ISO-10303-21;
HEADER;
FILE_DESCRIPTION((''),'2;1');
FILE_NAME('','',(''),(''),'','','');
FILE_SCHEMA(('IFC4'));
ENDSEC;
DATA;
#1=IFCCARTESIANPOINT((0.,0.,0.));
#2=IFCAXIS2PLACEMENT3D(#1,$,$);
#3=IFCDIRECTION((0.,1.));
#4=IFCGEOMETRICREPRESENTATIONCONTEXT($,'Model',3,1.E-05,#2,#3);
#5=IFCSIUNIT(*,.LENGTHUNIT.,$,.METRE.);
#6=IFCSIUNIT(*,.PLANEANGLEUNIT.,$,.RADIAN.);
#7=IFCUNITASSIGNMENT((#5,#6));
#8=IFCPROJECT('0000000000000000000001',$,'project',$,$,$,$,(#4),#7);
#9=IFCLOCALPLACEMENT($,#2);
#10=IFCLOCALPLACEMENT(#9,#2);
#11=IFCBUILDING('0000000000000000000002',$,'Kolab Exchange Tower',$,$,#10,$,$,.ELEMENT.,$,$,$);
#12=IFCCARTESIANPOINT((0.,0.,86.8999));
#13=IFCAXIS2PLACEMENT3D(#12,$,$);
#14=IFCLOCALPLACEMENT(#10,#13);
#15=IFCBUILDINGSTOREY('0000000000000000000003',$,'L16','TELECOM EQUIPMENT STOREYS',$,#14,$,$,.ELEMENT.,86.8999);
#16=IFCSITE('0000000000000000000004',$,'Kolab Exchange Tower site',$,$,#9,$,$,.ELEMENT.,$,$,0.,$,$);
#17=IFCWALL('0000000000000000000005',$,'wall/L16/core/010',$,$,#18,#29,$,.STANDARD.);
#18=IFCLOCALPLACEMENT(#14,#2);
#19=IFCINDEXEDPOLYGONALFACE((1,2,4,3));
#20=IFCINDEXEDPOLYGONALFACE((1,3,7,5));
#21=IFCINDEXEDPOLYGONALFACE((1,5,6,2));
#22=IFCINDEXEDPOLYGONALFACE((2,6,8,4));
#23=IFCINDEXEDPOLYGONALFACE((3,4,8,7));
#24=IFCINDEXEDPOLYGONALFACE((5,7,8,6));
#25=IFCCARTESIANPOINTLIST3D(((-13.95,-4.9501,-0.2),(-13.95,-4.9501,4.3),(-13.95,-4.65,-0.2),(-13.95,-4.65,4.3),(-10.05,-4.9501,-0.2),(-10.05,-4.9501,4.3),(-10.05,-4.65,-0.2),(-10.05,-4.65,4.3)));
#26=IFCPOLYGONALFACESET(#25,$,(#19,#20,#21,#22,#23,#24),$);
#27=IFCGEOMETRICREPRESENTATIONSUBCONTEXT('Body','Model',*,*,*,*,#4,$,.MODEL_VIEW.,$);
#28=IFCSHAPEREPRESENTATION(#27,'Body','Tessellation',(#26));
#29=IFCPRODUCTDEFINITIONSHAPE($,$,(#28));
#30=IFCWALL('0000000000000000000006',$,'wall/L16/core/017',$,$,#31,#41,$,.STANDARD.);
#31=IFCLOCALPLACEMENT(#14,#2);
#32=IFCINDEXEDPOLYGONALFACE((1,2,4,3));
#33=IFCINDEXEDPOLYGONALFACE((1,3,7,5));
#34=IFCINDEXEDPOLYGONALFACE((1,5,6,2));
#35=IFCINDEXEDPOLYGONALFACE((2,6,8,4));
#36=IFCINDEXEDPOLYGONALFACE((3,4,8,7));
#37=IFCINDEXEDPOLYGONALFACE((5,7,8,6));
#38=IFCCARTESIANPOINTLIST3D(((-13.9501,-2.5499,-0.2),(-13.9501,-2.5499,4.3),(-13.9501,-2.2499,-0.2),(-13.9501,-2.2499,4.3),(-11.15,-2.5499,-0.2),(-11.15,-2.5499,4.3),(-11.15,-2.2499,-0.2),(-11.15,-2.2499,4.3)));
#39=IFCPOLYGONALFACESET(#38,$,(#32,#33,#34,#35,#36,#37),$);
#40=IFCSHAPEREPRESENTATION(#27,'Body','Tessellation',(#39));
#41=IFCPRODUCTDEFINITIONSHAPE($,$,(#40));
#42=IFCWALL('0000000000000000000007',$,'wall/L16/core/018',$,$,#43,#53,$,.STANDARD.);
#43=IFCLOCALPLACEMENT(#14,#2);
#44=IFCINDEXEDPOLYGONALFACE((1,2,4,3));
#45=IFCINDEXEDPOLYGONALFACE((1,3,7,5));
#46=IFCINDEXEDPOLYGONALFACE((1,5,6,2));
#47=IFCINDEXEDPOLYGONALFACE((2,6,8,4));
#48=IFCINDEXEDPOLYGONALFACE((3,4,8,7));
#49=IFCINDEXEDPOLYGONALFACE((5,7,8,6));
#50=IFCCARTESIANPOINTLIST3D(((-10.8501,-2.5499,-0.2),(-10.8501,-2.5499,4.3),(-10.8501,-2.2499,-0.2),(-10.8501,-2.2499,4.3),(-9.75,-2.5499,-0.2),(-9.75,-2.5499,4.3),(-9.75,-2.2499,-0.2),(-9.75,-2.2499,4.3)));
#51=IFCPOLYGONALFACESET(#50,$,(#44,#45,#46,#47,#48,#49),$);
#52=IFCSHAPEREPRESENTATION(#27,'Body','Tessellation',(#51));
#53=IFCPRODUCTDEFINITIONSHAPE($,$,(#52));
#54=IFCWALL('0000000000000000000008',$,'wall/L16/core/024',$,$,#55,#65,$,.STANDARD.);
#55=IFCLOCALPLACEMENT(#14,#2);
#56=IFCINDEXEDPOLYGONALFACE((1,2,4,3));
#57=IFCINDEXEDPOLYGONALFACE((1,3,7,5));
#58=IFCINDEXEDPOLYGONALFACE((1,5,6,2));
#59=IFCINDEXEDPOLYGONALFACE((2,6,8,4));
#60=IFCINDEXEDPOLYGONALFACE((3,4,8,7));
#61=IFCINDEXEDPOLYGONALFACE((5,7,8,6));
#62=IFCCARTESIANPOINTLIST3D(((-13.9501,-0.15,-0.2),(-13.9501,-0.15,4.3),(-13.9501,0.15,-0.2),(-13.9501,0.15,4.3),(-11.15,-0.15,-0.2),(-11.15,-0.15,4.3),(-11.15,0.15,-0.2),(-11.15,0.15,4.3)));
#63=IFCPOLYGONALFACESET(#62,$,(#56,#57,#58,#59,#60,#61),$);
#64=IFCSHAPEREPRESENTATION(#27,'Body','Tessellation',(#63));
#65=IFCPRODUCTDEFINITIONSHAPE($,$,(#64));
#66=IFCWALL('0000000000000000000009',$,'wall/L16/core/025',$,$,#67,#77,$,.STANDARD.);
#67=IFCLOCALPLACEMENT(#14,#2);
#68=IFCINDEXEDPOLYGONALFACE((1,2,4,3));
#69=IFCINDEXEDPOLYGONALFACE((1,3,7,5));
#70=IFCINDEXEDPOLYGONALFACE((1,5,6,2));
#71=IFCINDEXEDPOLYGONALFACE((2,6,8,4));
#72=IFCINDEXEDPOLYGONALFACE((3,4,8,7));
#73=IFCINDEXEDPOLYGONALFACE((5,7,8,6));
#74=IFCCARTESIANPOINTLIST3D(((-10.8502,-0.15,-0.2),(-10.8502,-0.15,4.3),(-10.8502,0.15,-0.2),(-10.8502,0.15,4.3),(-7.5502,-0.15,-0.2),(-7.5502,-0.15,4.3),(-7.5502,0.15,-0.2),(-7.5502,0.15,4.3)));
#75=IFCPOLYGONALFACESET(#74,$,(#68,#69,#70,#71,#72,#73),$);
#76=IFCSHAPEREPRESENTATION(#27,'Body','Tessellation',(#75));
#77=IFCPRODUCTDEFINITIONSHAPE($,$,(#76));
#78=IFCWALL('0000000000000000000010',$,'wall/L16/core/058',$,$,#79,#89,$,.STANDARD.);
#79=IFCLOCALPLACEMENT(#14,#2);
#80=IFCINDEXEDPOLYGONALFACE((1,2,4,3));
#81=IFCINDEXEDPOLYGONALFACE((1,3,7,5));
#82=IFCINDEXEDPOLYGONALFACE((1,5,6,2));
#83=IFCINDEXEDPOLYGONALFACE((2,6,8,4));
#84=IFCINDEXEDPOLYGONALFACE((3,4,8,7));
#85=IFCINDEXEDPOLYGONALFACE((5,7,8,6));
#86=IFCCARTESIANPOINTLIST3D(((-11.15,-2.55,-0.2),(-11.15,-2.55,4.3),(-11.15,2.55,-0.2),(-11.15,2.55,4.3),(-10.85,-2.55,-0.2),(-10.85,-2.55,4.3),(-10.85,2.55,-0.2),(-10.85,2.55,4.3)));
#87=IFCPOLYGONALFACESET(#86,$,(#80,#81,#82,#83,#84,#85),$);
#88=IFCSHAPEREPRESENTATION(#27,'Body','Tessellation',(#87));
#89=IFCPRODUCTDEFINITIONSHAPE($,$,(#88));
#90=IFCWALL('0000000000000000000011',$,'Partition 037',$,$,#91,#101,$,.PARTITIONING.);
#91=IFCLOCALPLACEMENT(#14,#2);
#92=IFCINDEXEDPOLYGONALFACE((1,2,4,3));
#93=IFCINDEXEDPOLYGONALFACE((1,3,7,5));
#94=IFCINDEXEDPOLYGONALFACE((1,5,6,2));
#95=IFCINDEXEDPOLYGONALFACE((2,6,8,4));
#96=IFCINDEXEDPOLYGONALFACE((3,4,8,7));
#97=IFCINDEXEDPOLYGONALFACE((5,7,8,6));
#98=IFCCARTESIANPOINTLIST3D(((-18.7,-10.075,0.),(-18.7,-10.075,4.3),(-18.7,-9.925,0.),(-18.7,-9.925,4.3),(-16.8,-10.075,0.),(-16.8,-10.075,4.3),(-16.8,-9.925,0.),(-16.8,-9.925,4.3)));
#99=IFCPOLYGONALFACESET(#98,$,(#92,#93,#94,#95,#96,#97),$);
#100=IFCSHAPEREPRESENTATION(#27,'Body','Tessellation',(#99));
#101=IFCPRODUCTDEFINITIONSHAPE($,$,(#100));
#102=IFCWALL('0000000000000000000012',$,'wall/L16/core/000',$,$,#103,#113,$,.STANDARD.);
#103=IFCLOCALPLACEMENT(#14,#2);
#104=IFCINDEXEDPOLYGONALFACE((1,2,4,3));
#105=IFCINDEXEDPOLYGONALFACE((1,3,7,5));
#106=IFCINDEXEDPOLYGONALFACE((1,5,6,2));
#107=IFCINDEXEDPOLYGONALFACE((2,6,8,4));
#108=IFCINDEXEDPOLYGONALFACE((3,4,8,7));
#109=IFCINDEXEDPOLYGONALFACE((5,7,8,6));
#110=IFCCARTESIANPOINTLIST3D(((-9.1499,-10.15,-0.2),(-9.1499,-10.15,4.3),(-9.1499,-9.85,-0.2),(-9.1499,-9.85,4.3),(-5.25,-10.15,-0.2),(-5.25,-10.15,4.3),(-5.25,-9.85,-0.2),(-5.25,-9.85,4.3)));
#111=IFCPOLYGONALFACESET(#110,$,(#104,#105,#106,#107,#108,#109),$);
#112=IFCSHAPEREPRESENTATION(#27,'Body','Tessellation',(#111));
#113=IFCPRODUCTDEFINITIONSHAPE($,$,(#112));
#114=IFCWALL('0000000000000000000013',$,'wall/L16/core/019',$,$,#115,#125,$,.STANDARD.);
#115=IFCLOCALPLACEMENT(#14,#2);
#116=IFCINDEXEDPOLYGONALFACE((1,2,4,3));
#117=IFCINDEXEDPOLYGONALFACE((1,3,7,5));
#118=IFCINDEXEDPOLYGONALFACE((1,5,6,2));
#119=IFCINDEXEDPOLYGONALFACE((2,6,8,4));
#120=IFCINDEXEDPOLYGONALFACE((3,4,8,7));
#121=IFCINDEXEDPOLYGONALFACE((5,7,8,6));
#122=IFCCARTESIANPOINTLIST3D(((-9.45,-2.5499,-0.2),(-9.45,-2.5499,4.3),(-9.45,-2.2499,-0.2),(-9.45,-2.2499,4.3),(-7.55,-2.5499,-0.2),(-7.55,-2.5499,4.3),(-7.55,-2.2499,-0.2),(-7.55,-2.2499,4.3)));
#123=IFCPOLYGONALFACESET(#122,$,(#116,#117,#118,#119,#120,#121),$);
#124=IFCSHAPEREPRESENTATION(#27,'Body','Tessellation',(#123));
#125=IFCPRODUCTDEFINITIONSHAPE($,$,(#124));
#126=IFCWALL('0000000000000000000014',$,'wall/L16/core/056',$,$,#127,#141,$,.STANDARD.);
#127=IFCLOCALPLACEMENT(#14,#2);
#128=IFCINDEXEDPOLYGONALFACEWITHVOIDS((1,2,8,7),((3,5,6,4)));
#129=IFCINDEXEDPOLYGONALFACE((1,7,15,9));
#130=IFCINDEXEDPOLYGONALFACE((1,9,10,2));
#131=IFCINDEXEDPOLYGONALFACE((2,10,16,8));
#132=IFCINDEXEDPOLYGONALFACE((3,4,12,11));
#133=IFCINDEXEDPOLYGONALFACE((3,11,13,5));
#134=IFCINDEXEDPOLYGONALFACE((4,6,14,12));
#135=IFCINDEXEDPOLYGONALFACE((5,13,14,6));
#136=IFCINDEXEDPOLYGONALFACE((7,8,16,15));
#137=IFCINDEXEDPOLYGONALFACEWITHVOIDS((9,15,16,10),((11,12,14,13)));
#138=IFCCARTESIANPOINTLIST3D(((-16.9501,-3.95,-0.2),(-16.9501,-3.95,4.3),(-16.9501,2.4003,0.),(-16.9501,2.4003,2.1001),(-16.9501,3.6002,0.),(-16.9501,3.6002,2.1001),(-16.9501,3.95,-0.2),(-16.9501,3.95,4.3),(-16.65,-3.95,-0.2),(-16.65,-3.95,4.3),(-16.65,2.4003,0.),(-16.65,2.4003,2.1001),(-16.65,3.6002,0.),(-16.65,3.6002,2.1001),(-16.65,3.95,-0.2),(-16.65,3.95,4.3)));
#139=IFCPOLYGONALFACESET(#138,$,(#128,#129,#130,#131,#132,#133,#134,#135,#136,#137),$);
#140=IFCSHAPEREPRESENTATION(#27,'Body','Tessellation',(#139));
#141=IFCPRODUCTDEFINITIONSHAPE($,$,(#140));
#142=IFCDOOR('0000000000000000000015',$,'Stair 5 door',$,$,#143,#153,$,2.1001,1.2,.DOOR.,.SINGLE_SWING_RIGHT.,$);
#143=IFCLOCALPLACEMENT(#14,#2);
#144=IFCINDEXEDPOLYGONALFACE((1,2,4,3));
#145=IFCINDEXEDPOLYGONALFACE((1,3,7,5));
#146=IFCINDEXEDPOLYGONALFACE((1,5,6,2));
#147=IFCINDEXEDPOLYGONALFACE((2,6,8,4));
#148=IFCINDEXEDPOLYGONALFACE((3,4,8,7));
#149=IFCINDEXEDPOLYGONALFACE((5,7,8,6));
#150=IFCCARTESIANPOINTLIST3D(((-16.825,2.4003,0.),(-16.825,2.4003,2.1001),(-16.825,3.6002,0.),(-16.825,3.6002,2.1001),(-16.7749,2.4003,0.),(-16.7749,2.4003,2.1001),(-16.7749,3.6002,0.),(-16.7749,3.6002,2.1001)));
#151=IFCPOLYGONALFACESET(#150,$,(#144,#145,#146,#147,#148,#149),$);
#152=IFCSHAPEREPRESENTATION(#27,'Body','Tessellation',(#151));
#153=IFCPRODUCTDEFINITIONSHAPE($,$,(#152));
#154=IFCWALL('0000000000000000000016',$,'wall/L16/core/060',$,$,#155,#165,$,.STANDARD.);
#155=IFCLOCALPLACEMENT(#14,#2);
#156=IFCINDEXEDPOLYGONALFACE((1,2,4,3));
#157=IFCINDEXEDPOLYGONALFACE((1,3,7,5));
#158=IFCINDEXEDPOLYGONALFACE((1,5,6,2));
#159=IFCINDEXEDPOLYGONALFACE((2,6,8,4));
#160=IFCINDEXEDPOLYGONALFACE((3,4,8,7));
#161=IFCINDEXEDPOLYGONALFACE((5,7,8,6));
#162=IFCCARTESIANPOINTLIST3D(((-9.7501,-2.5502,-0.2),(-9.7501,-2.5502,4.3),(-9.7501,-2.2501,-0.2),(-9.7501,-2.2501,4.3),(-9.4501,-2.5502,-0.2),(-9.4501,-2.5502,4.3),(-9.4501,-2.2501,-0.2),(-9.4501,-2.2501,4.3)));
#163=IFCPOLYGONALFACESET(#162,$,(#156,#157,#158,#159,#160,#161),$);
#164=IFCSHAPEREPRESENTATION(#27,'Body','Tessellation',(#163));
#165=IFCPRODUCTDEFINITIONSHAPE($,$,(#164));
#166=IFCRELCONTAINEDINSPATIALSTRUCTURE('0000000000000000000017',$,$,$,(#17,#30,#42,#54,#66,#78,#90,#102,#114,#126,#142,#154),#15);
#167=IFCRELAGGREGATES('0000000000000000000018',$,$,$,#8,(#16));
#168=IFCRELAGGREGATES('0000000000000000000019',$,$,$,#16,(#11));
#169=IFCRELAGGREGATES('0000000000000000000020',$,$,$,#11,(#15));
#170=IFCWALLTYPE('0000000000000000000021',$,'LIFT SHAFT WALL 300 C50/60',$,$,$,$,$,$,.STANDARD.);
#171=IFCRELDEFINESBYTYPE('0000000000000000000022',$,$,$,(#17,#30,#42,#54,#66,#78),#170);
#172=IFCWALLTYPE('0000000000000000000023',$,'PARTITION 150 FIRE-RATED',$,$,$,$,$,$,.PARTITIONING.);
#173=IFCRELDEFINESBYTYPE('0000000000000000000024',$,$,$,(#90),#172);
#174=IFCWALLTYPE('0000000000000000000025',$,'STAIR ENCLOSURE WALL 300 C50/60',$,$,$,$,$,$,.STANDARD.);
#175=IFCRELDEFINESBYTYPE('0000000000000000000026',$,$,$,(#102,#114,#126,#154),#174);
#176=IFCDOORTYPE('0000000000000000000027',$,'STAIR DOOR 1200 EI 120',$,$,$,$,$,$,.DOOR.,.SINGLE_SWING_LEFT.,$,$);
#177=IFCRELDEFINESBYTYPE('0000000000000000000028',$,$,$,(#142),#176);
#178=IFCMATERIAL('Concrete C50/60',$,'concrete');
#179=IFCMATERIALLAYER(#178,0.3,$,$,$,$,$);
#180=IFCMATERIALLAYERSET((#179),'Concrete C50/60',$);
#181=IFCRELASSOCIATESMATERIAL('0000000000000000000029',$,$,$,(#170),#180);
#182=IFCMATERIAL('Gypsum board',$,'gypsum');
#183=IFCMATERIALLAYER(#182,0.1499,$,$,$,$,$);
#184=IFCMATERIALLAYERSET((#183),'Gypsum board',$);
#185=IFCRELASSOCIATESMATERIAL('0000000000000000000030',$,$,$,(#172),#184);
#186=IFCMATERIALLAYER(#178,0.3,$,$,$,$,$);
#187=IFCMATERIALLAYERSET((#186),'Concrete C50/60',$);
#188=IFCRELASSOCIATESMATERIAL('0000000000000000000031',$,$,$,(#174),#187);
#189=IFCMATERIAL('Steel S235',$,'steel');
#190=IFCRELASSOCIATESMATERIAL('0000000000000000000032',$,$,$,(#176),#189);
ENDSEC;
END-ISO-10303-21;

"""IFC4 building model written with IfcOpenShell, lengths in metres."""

from ifc_helpers import new_model, si_unit, direction, frame, frame_2d, origin, place, context, subcontext, project, spatial, rectangle, extrude, material, layer, layer_set, type_object, element, fill, save


model = new_model("IFC4")

# Units and contexts
model_context = context("Model", 3, precision=1e-05, world=origin(), true_north=direction((0.0, 1.0)))
body_context = subcontext(model_context, "Body", "Model", "MODEL_VIEW")
ifc_project = project(units=[si_unit("LENGTHUNIT", "METRE"), si_unit("PLANEANGLEUNIT", "RADIAN")], contexts=[model_context])

# Site, building, storey
site_placement = place(None, origin())
site = spatial("IfcSite", under=ifc_project, at=site_placement, Name="Kolab Exchange Tower site", CompositionType="ELEMENT", RefElevation=0.0)
building_placement = place(site_placement, origin())
building = spatial("IfcBuilding", under=site, at=building_placement, Name="Kolab Exchange Tower", CompositionType="ELEMENT")
storey_placement = place(building_placement, frame((0.0, 0.0, 86.8999)))
storey = spatial("IfcBuildingStorey", under=building, at=storey_placement, Name="L16", Description="TELECOM EQUIPMENT STOREYS", CompositionType="ELEMENT", Elevation=86.8999)

# Shared definitions
ifc_material_1 = material(Name="Steel S235", Category="steel")

# Walls
ifc_material_2 = material(Name="Concrete C50/60", Category="concrete")
ifc_layer_1 = layer(ifc_material_2, 0.3)
ifc_layer_set_1 = layer_set([ifc_layer_1], Name="Concrete C50/60")
wall_type_1 = type_object("IfcWallType", Name="LIFT SHAFT WALL 300 C50/60", PredefinedType="STANDARD", material=ifc_layer_set_1)
for number, where, z_axis, x_axis, name in (
    (1, (-13.95, -4.8, -0.2), (0.0, 0.0, 1.0), (1.0, 0.0, 0.0), "wall/L16/core/010"),
):
    element("IfcWall", number, at=place(storey_placement, frame(where, z_axis=z_axis, x_axis=x_axis)), inside=storey, type_object=wall_type_1, Name=name, PredefinedType="STANDARD", context=body_context, shape_type="SweptSolid", body=[
        extrude(rectangle(XDim=3.8999, YDim=0.3, at=frame_2d((1.95, 0.0))), origin(), (0.0, 0.0, 1.0), 4.5),
    ])
wall_1_placement = place(storey_placement, frame((-13.95, -2.3999, -0.2), z_axis=(0.0, 0.0, 1.0), x_axis=(1.0, 0.0, 0.0)))
element("IfcWall", 2, at=wall_1_placement, inside=storey, type_object=wall_type_1, Name="wall/L16/core/017", PredefinedType="STANDARD", context=body_context, shape_type="SweptSolid", body=[
    extrude(rectangle(XDim=2.8, YDim=0.3, at=frame_2d((1.3999, 0.0))), origin(), (0.0, 0.0, 1.0), 4.5),
])
wall_2_placement = place(storey_placement, frame((-10.8501, -2.3999, -0.2), z_axis=(0.0, 0.0, 1.0), x_axis=(1.0, 0.0, 0.0)))
element("IfcWall", 3, at=wall_2_placement, inside=storey, type_object=wall_type_1, Name="wall/L16/core/018", PredefinedType="STANDARD", context=body_context, shape_type="SweptSolid", body=[
    extrude(rectangle(XDim=1.1001, YDim=0.3, at=frame_2d((0.55, 0.0))), origin(), (0.0, 0.0, 1.0), 4.5),
])
wall_3_placement = place(storey_placement, frame((-13.95, 0.0, -0.2), z_axis=(0.0, 0.0, 1.0), x_axis=(1.0, 0.0, 0.0)))
element("IfcWall", 4, at=wall_3_placement, inside=storey, type_object=wall_type_1, Name="wall/L16/core/024", PredefinedType="STANDARD", context=body_context, shape_type="SweptSolid", body=[
    extrude(rectangle(XDim=2.8, YDim=0.3, at=frame_2d((1.3999, 0.0))), origin(), (0.0, 0.0, 1.0), 4.5),
])
wall_4_placement = place(storey_placement, frame((-10.8501, 0.0, -0.2), z_axis=(0.0, 0.0, 1.0), x_axis=(1.0, 0.0, 0.0)))
element("IfcWall", 5, at=wall_4_placement, inside=storey, type_object=wall_type_1, Name="wall/L16/core/025", PredefinedType="STANDARD", context=body_context, shape_type="SweptSolid", body=[
    extrude(rectangle(XDim=3.3, YDim=0.3, at=frame_2d((1.6499, 0.0))), origin(), (0.0, 0.0, 1.0), 4.5),
])
wall_5_placement = place(storey_placement, frame((-11.0, -2.55, -0.2), z_axis=(0.0, 0.0, 1.0), x_axis=(0.0, 1.0, 0.0)))
element("IfcWall", 6, at=wall_5_placement, inside=storey, type_object=wall_type_1, Name="wall/L16/core/058", PredefinedType="STANDARD", context=body_context, shape_type="SweptSolid", body=[
    extrude(rectangle(XDim=5.1001, YDim=0.3, at=frame_2d((2.55, 0.0))), origin(), (0.0, 0.0, 1.0), 4.5),
])
ifc_material_3 = material(Name="Gypsum board", Category="gypsum")
ifc_layer_2 = layer(ifc_material_3, 0.1499)
ifc_layer_set_2 = layer_set([ifc_layer_2], Name="Gypsum board")
wall_type_2 = type_object("IfcWallType", Name="PARTITION 150 FIRE-RATED", PredefinedType="PARTITIONING", material=ifc_layer_set_2)
wall_6_placement = place(storey_placement, frame((-18.7, -10.0, 0.0), z_axis=(0.0, 0.0, 1.0), x_axis=(1.0, 0.0, 0.0)))
element("IfcWall", 7, at=wall_6_placement, inside=storey, type_object=wall_type_2, Name="Partition 037", PredefinedType="PARTITIONING", context=body_context, shape_type="SweptSolid", body=[
    extrude(rectangle(XDim=1.8999, YDim=0.1499, at=frame_2d((0.95, 0.0))), origin(), (0.0, 0.0, 1.0), 4.3),
])
ifc_layer_3 = layer(ifc_material_2, 0.3)
ifc_layer_set_3 = layer_set([ifc_layer_3], Name="Concrete C50/60")
wall_type_3 = type_object("IfcWallType", Name="STAIR ENCLOSURE WALL 300 C50/60", PredefinedType="STANDARD", material=ifc_layer_set_3)
wall_7_placement = place(storey_placement, frame((-9.1499, -10.0, -0.2), z_axis=(0.0, 0.0, 1.0), x_axis=(1.0, 0.0, 0.0)))
element("IfcWall", 8, at=wall_7_placement, inside=storey, type_object=wall_type_3, Name="wall/L16/core/000", PredefinedType="STANDARD", context=body_context, shape_type="SweptSolid", body=[
    extrude(rectangle(XDim=3.8999, YDim=0.3, at=frame_2d((1.95, 0.0))), origin(), (0.0, 0.0, 1.0), 4.5),
])
wall_8_placement = place(storey_placement, frame((-9.45, -2.3999, -0.2), z_axis=(0.0, 0.0, 1.0), x_axis=(1.0, 0.0, 0.0)))
element("IfcWall", 9, at=wall_8_placement, inside=storey, type_object=wall_type_3, Name="wall/L16/core/019", PredefinedType="STANDARD", context=body_context, shape_type="SweptSolid", body=[
    extrude(rectangle(XDim=1.8999, YDim=0.3, at=frame_2d((0.95, 0.0))), origin(), (0.0, 0.0, 1.0), 4.5),
])

# Wall, opening, door
wall_9_placement = place(storey_placement, frame((-16.8, -3.95, -0.2), z_axis=(0.0, 0.0, 1.0), x_axis=(0.0, 1.0, 0.0)))
wall_9 = element("IfcWall", 10, at=wall_9_placement, inside=storey, type_object=wall_type_3, Name="wall/L16/core/056", PredefinedType="STANDARD", context=body_context, shape_type="SweptSolid", body=[
    extrude(rectangle(XDim=7.8999, YDim=0.3, at=frame_2d((3.95, 0.0))), origin(), (0.0, 0.0, 1.0), 4.5),
])
opening_1_placement = place(wall_9_placement, frame((6.3501, 0.0, 0.2)))
opening_1 = element("IfcOpeningElement", 11, at=opening_1_placement, cuts=wall_9, PredefinedType="OPENING", context=body_context, shape_type="SweptSolid", body=[
    extrude(rectangle(XDim=1.2, YDim=2.1001, at=frame_2d((0.6001, 1.05))), frame((0.0, 0.1602, 0.0), z_axis=(0.0, -1.0, 0.0), x_axis=(1.0, 0.0, 0.0)), (0.0, 0.0, 1.0), 0.3201),
])
door_type_1 = type_object("IfcDoorType", Name="STAIR DOOR 1200 EI 120", OperationType="SINGLE_SWING_LEFT", PredefinedType="DOOR", material=ifc_material_1)
door_1_placement = place(opening_1_placement, origin())
door_1 = element("IfcDoor", 12, at=door_1_placement, inside=storey, type_object=door_type_1, Name="Stair 5 door", OperationType="SINGLE_SWING_RIGHT", OverallHeight=2.1001, OverallWidth=1.2, PredefinedType="DOOR", context=body_context, shape_type="SweptSolid", body=[
    extrude(rectangle(XDim=1.2, YDim=2.1001, at=frame_2d((0.6001, 1.05))), frame((0.0, 0.0249, 0.0), z_axis=(0.0, -1.0, 0.0), x_axis=(1.0, 0.0, 0.0)), (0.0, 0.0, 1.0), 0.05),
])
fill(opening_1, door_1)

# Wall
wall_10_placement = place(storey_placement, frame((-9.6001, -2.55, -0.2), z_axis=(0.0, 0.0, 1.0), x_axis=(0.0, 1.0, 0.0)))
element("IfcWall", 13, at=wall_10_placement, inside=storey, type_object=wall_type_3, Name="wall/L16/core/060", PredefinedType="STANDARD", context=body_context, shape_type="SweptSolid", body=[
    extrude(rectangle(XDim=0.3, YDim=0.3, at=frame_2d((0.1499, 0.0))), origin(), (0.0, 0.0, 1.0), 4.5),
])

save(model, "model.ifc")
